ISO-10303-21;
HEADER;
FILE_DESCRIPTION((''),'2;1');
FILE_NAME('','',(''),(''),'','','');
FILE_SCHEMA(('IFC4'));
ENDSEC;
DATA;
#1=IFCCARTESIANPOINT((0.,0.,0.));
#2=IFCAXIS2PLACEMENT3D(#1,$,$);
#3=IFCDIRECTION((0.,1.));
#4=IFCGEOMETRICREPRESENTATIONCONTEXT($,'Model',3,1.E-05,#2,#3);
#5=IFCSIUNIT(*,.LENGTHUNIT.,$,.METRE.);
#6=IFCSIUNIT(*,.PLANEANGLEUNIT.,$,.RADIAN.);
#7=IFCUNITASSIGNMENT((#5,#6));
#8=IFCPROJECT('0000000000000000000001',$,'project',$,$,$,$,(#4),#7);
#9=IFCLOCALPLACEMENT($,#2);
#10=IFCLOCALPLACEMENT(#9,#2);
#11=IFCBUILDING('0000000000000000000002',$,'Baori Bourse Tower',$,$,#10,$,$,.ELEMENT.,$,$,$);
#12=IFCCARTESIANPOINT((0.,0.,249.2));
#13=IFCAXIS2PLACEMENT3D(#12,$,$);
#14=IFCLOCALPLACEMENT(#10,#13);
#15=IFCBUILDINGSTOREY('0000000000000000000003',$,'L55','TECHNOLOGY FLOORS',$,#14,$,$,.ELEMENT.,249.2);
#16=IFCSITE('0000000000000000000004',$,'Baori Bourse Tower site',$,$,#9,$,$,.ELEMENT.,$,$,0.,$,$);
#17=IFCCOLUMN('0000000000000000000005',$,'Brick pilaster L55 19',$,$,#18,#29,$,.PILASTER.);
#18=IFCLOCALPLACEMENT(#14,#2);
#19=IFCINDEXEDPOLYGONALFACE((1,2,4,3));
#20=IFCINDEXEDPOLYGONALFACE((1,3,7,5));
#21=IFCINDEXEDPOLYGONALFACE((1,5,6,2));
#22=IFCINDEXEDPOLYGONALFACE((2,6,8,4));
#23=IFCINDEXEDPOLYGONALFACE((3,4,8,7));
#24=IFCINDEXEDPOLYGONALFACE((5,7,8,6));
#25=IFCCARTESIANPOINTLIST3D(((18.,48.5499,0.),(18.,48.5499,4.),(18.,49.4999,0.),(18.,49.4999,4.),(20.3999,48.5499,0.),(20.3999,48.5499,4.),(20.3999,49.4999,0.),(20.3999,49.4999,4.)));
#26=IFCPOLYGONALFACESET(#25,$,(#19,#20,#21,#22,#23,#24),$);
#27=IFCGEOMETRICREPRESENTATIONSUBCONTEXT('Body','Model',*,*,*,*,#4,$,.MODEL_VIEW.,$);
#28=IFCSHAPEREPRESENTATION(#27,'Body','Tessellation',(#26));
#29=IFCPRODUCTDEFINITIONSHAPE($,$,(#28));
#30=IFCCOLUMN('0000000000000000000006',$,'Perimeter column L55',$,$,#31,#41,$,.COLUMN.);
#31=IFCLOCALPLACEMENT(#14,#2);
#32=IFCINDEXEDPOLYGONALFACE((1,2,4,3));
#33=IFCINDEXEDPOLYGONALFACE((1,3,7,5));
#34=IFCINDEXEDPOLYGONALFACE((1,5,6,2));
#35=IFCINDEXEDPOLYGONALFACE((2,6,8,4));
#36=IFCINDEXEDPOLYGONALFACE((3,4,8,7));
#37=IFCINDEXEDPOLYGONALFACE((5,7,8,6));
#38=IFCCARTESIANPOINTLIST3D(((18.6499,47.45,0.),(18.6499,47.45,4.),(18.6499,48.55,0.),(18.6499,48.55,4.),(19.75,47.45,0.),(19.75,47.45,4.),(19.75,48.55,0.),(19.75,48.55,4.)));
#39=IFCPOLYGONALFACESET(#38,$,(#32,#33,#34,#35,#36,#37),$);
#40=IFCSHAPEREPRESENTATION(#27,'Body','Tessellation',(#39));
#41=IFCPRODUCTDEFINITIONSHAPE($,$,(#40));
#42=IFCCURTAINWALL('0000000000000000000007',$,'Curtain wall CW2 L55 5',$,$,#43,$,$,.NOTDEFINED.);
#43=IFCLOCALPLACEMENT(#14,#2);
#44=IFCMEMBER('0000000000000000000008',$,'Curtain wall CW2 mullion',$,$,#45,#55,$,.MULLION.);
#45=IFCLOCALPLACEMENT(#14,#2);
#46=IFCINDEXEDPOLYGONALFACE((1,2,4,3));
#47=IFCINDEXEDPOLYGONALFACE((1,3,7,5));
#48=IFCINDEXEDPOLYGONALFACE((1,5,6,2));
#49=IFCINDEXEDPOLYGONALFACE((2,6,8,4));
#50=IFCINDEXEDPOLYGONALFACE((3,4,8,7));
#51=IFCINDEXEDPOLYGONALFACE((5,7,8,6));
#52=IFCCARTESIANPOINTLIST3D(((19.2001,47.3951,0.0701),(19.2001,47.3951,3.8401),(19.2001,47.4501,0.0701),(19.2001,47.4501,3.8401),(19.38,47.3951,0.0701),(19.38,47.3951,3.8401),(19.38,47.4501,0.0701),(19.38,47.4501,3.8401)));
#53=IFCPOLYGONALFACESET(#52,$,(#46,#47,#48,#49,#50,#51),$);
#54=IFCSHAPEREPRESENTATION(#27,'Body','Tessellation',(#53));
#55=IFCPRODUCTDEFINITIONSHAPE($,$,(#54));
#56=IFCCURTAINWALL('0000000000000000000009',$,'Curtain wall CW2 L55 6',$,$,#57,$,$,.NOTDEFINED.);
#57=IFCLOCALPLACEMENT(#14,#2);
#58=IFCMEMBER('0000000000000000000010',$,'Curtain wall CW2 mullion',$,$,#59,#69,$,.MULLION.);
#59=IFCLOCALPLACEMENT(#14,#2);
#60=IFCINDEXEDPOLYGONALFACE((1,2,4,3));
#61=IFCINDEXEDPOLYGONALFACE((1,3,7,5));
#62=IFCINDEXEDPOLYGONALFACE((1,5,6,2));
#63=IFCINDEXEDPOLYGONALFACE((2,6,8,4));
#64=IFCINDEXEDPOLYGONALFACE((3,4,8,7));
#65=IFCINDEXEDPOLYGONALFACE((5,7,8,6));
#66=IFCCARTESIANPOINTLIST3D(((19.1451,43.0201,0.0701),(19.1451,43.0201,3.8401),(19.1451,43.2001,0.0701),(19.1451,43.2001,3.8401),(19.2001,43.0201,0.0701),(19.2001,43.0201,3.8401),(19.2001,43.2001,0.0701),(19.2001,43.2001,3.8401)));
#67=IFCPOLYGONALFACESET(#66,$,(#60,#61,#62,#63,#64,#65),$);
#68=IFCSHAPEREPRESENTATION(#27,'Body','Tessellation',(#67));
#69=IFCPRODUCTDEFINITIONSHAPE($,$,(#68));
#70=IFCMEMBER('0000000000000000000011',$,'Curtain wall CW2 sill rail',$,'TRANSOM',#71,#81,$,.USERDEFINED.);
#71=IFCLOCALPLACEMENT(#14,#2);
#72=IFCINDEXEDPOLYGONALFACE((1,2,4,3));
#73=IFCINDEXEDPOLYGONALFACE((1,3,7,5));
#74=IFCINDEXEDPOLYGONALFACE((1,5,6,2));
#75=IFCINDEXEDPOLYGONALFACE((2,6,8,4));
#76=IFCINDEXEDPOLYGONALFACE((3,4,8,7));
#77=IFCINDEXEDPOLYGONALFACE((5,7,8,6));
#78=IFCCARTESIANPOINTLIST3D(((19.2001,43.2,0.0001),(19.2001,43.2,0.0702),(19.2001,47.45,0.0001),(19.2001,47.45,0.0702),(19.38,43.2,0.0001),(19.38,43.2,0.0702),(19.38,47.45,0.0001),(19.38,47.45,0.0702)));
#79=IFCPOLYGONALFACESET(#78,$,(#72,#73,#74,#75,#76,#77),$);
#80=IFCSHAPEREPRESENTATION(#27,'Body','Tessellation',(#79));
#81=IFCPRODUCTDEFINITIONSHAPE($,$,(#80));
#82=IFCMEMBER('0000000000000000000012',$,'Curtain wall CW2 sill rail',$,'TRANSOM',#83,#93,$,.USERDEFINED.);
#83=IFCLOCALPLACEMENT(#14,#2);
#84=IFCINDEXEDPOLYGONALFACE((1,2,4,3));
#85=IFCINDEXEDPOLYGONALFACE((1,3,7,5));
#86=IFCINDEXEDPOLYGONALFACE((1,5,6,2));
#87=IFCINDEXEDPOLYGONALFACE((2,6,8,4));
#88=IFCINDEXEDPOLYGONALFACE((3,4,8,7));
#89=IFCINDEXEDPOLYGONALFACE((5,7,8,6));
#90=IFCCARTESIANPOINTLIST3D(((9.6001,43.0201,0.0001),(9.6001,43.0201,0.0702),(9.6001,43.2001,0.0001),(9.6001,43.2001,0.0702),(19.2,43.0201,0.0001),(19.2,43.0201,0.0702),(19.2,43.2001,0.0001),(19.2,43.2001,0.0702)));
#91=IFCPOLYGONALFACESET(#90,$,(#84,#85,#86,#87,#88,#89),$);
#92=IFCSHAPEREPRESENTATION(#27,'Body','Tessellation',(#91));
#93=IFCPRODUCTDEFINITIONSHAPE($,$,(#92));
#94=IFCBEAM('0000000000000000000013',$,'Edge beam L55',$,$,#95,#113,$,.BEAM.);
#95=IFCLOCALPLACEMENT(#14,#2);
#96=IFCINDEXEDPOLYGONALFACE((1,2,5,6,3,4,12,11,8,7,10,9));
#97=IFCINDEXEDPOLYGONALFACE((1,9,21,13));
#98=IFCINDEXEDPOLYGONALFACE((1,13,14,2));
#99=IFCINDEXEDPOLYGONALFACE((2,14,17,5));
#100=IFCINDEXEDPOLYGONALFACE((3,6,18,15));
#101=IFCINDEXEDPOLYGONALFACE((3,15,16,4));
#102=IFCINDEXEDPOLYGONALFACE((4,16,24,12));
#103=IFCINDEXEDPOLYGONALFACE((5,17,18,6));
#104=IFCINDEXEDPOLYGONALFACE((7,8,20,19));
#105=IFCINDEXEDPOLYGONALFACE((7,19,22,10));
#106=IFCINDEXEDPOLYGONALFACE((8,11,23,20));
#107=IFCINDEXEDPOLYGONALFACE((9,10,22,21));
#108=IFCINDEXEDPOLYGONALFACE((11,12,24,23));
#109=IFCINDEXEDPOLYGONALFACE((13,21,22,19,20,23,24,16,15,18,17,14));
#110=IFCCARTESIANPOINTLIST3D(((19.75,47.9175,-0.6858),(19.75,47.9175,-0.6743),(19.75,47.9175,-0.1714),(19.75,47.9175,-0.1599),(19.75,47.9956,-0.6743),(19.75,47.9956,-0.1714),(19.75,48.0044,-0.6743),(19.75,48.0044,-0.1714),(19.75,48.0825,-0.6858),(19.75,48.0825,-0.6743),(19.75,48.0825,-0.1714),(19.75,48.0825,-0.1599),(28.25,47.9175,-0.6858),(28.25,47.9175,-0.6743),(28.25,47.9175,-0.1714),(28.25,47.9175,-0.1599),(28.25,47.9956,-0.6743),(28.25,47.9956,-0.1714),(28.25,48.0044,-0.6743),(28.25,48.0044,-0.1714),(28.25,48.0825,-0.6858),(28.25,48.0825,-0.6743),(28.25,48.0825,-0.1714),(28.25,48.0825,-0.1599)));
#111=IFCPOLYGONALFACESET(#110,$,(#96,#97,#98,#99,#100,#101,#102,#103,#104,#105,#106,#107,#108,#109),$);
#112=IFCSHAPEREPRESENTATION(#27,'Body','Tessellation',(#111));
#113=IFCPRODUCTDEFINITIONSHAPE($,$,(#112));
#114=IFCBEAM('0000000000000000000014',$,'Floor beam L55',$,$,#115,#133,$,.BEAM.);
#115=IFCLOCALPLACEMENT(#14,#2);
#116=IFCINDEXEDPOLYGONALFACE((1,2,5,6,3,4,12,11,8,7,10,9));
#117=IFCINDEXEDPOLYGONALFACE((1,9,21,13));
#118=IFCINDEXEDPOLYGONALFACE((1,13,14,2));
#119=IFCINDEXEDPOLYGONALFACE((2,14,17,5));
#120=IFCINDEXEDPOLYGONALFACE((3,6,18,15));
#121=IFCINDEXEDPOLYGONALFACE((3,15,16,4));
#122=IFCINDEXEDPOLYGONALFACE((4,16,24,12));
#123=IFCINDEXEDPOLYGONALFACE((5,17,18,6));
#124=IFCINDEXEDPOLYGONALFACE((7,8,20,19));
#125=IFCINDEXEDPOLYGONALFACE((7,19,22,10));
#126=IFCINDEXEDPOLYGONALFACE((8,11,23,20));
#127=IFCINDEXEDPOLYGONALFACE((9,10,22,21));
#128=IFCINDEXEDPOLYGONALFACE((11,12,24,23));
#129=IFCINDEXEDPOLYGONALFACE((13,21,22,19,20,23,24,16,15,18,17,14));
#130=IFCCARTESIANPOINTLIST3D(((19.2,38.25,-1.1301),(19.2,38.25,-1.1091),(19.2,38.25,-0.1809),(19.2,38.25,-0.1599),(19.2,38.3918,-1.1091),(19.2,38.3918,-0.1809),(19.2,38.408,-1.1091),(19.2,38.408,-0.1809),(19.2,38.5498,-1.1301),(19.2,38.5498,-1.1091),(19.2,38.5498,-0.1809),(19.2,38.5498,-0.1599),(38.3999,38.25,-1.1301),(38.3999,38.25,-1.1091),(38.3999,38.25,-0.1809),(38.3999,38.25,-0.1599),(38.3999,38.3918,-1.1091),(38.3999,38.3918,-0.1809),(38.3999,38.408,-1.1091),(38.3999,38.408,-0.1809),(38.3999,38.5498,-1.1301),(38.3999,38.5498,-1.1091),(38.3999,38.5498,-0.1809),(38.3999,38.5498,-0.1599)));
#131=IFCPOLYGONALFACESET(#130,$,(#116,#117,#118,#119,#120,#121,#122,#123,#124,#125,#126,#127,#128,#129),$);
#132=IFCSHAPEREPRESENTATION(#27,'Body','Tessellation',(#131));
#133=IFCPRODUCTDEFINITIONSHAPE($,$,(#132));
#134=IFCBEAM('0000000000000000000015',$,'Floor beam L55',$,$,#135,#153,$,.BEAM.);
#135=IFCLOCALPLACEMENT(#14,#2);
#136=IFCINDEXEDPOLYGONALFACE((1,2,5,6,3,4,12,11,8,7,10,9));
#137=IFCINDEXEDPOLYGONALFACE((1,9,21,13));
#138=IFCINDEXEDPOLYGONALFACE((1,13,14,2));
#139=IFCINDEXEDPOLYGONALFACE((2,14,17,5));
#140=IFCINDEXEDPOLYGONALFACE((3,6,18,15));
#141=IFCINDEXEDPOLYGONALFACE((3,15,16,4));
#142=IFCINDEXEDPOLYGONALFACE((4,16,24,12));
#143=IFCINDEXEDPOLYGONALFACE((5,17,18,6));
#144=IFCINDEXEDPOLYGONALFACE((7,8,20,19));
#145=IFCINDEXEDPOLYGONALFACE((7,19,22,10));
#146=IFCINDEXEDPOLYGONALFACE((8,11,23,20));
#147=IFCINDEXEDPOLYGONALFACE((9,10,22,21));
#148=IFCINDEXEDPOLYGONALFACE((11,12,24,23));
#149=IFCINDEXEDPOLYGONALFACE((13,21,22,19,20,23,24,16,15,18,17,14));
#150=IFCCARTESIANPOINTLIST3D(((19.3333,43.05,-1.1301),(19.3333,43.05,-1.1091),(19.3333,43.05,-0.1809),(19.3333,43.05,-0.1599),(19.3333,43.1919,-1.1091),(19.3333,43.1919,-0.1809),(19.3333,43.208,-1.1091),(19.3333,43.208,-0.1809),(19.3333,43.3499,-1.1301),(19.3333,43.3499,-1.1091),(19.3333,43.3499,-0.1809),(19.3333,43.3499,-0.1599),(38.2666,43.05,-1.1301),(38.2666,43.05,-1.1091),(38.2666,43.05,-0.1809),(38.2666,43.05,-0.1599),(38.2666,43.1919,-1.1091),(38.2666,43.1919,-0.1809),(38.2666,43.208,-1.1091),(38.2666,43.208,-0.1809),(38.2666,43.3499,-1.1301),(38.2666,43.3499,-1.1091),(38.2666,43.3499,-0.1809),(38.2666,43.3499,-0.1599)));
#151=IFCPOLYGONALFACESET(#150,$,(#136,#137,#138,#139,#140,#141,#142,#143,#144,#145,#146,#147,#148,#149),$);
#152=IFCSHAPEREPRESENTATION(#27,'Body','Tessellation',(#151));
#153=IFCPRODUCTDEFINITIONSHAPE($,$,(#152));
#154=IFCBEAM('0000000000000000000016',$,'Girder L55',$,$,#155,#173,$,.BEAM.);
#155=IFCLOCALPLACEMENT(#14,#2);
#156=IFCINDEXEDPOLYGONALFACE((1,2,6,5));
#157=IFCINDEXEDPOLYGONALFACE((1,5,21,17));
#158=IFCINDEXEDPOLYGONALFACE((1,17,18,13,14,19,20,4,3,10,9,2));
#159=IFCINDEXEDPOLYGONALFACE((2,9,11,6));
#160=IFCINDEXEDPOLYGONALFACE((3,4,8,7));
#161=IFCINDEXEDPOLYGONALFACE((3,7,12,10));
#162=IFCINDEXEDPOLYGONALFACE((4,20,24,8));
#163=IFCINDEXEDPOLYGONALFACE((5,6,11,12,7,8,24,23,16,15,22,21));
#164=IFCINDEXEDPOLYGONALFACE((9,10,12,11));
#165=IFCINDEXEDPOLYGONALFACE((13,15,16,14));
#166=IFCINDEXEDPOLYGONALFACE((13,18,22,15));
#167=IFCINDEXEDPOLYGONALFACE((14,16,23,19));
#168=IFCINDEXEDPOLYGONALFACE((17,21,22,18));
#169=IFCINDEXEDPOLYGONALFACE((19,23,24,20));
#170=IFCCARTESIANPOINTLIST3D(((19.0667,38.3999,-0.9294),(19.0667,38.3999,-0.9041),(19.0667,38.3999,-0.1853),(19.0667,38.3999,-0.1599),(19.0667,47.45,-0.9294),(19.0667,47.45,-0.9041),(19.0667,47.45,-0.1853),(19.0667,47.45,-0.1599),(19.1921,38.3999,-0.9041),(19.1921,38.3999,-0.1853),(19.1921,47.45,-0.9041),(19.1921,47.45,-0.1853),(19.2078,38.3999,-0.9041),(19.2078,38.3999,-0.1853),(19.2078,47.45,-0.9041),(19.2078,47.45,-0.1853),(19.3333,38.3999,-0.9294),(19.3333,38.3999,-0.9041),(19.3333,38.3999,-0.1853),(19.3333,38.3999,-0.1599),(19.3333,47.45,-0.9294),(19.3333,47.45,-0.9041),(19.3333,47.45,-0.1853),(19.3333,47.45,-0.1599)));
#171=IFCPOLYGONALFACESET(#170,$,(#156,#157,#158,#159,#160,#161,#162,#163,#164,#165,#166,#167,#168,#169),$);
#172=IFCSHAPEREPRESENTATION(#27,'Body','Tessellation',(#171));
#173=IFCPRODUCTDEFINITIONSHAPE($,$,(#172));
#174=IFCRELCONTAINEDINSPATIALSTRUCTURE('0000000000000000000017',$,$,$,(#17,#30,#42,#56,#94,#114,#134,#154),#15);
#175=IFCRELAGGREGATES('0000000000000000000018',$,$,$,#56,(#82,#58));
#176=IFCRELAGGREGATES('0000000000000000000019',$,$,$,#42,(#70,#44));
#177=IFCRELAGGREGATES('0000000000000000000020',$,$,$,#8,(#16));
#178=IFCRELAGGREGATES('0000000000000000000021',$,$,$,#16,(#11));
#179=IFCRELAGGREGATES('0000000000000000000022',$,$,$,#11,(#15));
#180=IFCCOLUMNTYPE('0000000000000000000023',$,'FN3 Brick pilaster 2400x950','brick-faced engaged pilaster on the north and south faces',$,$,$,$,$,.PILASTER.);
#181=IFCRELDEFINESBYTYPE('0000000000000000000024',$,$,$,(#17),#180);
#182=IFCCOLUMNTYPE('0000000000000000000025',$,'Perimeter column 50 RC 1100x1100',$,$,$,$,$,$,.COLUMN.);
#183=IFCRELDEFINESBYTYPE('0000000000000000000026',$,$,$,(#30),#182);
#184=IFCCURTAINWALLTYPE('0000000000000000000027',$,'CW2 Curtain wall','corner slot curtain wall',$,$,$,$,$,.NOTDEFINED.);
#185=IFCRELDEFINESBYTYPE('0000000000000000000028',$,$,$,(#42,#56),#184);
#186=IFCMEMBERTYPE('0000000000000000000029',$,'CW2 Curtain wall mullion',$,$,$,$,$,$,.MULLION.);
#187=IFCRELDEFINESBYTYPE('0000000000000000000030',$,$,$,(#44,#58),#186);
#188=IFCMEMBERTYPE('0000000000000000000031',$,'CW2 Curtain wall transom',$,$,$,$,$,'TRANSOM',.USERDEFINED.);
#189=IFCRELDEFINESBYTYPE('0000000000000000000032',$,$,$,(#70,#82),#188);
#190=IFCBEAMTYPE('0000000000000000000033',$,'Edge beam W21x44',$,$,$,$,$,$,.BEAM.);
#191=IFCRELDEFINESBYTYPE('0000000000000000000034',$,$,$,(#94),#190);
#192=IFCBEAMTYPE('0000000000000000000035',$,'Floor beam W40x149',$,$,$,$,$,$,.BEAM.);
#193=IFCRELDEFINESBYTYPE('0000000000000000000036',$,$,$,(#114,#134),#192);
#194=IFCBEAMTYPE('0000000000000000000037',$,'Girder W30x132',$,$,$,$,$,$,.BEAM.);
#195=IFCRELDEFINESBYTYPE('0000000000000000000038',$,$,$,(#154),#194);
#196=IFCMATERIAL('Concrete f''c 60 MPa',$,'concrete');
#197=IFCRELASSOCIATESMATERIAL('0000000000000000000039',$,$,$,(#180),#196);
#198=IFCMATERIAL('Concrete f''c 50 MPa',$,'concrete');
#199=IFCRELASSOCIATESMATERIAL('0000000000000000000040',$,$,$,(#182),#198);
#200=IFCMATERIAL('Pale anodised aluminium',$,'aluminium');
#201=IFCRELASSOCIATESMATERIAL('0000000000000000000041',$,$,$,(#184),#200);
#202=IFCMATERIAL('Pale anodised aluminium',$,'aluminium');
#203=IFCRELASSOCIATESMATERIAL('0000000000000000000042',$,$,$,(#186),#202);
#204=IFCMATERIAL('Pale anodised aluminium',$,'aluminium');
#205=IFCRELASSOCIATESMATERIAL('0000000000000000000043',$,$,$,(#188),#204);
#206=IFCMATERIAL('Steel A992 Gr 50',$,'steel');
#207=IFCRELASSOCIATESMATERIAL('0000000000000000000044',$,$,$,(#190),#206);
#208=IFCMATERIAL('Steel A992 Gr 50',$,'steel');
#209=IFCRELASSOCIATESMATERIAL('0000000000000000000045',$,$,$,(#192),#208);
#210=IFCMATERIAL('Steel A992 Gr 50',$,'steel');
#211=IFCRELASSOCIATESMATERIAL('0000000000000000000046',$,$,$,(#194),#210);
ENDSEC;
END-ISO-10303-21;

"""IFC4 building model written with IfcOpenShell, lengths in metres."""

from ifc_helpers import new_model, si_unit, direction, frame, origin, origin_2d, place, context, subcontext, project, spatial, rectangle, i_section, extrude, material, material_profile, profile_set, type_object, element, aggregate, save


model = new_model("IFC4")

# Units and contexts
model_context = context("Model", 3, precision=1e-05, world=origin(), true_north=direction((0.0, 1.0)))
body_context = subcontext(model_context, "Body", "Model", "MODEL_VIEW")
ifc_project = project(units=[si_unit("LENGTHUNIT", "METRE"), si_unit("PLANEANGLEUNIT", "RADIAN")], contexts=[model_context])

# Site, building, storey
site_placement = place(None, origin())
site = spatial("IfcSite", under=ifc_project, at=site_placement, Name="Baori Bourse Tower site", CompositionType="ELEMENT", RefElevation=0.0)
building_placement = place(site_placement, origin())
building = spatial("IfcBuilding", under=site, at=building_placement, Name="Baori Bourse Tower", CompositionType="ELEMENT")
storey_placement = place(building_placement, frame((0.0, 0.0, 249.2)))
storey = spatial("IfcBuildingStorey", under=building, at=storey_placement, Name="L55", Description="TECHNOLOGY FLOORS", CompositionType="ELEMENT", Elevation=249.2)

# Columns
ifc_material_1 = material(Name="Concrete f'c 60 MPa", Category="concrete")
ifc_material_profile_1 = material_profile(ifc_material_1, rectangle(XDim=2.3999, YDim=0.95, at=origin_2d()), Name="RC 2400x950")
ifc_profile_set_1 = profile_set([ifc_material_profile_1], Name="Concrete f'c 60 MPa")
column_type_1 = type_object("IfcColumnType", Name="FN3 Brick pilaster 2400x950", Description="brick-faced engaged pilaster on the north and south faces", PredefinedType="PILASTER", material=ifc_profile_set_1)
column_1_placement = place(storey_placement, frame((19.2, 49.0249, 0.0), z_axis=(0.0, 0.0, 1.0), x_axis=(1.0, 0.0, 0.0)))
element("IfcColumn", 1, at=column_1_placement, inside=storey, type_object=column_type_1, Name="Brick pilaster L55 19", PredefinedType="PILASTER", context=body_context, shape_type="SweptSolid", body=[
    extrude(rectangle(XDim=2.3999, YDim=0.95, at=origin_2d()), origin(), (0.0, 0.0, 1.0), 4.0),
])
ifc_material_2 = material(Name="Concrete f'c 50 MPa", Category="concrete")
ifc_material_profile_2 = material_profile(ifc_material_2, rectangle(XDim=1.1001, YDim=1.1001, at=origin_2d()), Name="RC 1100x1100")
ifc_profile_set_2 = profile_set([ifc_material_profile_2], Name="Concrete f'c 50 MPa")
column_type_2 = type_object("IfcColumnType", Name="Perimeter column 50 RC 1100x1100", PredefinedType="COLUMN", material=ifc_profile_set_2)
column_2_placement = place(storey_placement, frame((19.2, 48.0, 0.0), z_axis=(0.0, 0.0, 1.0), x_axis=(1.0, 0.0, 0.0)))
element("IfcColumn", 2, at=column_2_placement, inside=storey, type_object=column_type_2, Name="Perimeter column L55", PredefinedType="COLUMN", context=body_context, shape_type="SweptSolid", body=[
    extrude(rectangle(XDim=1.1001, YDim=1.1001, at=origin_2d()), origin(), (0.0, 0.0, 1.0), 4.0),
])

# Curtain walls, members
ifc_material_3 = material(Name="Pale anodised aluminium", Category="aluminium")
curtain_wall_type = type_object("IfcCurtainWallType", Name="CW2 Curtain wall", Description="corner slot curtain wall", PredefinedType="NOTDEFINED", material=ifc_material_3)
curtain_wall_1_placement = place(storey_placement, origin())
curtain_wall_1 = element("IfcCurtainWall", 3, at=curtain_wall_1_placement, inside=storey, type_object=curtain_wall_type, Name="Curtain wall CW2 L55 5", PredefinedType="NOTDEFINED")
ifc_material_4 = material(Name="Pale anodised aluminium", Category="aluminium")
ifc_material_profile_3 = material_profile(ifc_material_4, rectangle(XDim=0.1799, YDim=0.0549, at=origin_2d()), Name="Mullion 55x180")
ifc_profile_set_3 = profile_set([ifc_material_profile_3], Name="Pale anodised aluminium")
member_type_1 = type_object("IfcMemberType", Name="CW2 Curtain wall mullion", PredefinedType="MULLION", material=ifc_profile_set_3)
member_1_placement = place(storey_placement, frame((19.29, 47.4226, 0.0701), z_axis=(0.0, 0.0, 1.0), x_axis=(1.0, 0.0, 0.0)))
member_1 = element("IfcMember", 4, at=member_1_placement, type_object=member_type_1, Name="Curtain wall CW2 mullion", PredefinedType="MULLION", context=body_context, shape_type="SweptSolid", body=[
    extrude(rectangle(XDim=0.1799, YDim=0.0549, at=origin_2d()), origin(), (0.0, 0.0, 1.0), 3.77),
])
curtain_wall_2_placement = place(storey_placement, origin())
curtain_wall_2 = element("IfcCurtainWall", 5, at=curtain_wall_2_placement, inside=storey, type_object=curtain_wall_type, Name="Curtain wall CW2 L55 6", PredefinedType="NOTDEFINED")
member_2_placement = place(storey_placement, frame((19.1726, 43.1101, 0.0701), z_axis=(0.0, 0.0, 1.0), x_axis=(0.0, -1.0, 0.0)))
member_2 = element("IfcMember", 6, at=member_2_placement, type_object=member_type_1, Name="Curtain wall CW2 mullion", PredefinedType="MULLION", context=body_context, shape_type="SweptSolid", body=[
    extrude(rectangle(XDim=0.1799, YDim=0.0549, at=origin_2d()), origin(), (0.0, 0.0, 1.0), 3.77),
])

# Members
ifc_material_5 = material(Name="Pale anodised aluminium", Category="aluminium")
ifc_material_profile_4 = material_profile(ifc_material_5, rectangle(XDim=0.1799, YDim=0.0701, at=origin_2d()), Name="Transom 70x180")
ifc_profile_set_4 = profile_set([ifc_material_profile_4], Name="Pale anodised aluminium")
member_type_2 = type_object("IfcMemberType", Name="CW2 Curtain wall transom", ElementType="TRANSOM", PredefinedType="USERDEFINED", material=ifc_profile_set_4)
member_3_placement = place(storey_placement, frame((19.29, 47.45, 0.0352), z_axis=(0.0, -1.0, 0.0), x_axis=(1.0, 0.0, 0.0)))
member_3 = element("IfcMember", 7, at=member_3_placement, type_object=member_type_2, Name="Curtain wall CW2 sill rail", ObjectType="TRANSOM", PredefinedType="USERDEFINED", context=body_context, shape_type="SweptSolid", body=[
    extrude(rectangle(XDim=0.1799, YDim=0.0701, at=origin_2d()), origin(), (0.0, 0.0, 1.0), 4.25),
])
member_4_placement = place(storey_placement, frame((19.2, 43.1101, 0.0352), z_axis=(-1.0, 0.0, 0.0), x_axis=(0.0, -1.0, 0.0)))
member_4 = element("IfcMember", 8, at=member_4_placement, type_object=member_type_2, Name="Curtain wall CW2 sill rail", ObjectType="TRANSOM", PredefinedType="USERDEFINED", context=body_context, shape_type="SweptSolid", body=[
    extrude(rectangle(XDim=0.1799, YDim=0.0701, at=origin_2d()), origin(), (0.0, 0.0, 1.0), 9.5999),
])
aggregate(curtain_wall_2, [member_4, member_2])

# Beams
ifc_material_6 = material(Name="Steel A992 Gr 50", Category="steel")
ifc_material_profile_5 = material_profile(ifc_material_6, i_section(OverallWidth=0.165, OverallDepth=0.5259, WebThickness=0.0088, FlangeThickness=0.0115, at=origin_2d()), Name="W21x44")
ifc_profile_set_5 = profile_set([ifc_material_profile_5], Name="Steel A992 Gr 50")
beam_type_1 = type_object("IfcBeamType", Name="Edge beam W21x44", PredefinedType="BEAM", material=ifc_profile_set_5)
beam_1_placement = place(storey_placement, frame((19.75, 48.0, -0.4229), z_axis=(1.0, 0.0, 0.0), x_axis=(0.0, 1.0, 0.0)))
element("IfcBeam", 9, at=beam_1_placement, inside=storey, type_object=beam_type_1, Name="Edge beam L55", PredefinedType="BEAM", context=body_context, shape_type="SweptSolid", body=[
    extrude(i_section(OverallWidth=0.165, OverallDepth=0.5259, WebThickness=0.0088, FlangeThickness=0.0115, at=origin_2d()), origin(), (0.0, 0.0, 1.0), 8.5),
])
ifc_material_7 = material(Name="Steel A992 Gr 50", Category="steel")
ifc_material_profile_6 = material_profile(ifc_material_7, i_section(OverallWidth=0.2998, OverallDepth=0.9702, WebThickness=0.0161, FlangeThickness=0.021, at=origin_2d()), Name="W40x149")
ifc_profile_set_6 = profile_set([ifc_material_profile_6], Name="Steel A992 Gr 50")
beam_type_2 = type_object("IfcBeamType", Name="Floor beam W40x149", PredefinedType="BEAM", material=ifc_profile_set_6)
beam_2_placement = place(storey_placement, frame((19.2, 38.3999, -0.645), z_axis=(1.0, 0.0, 0.0), x_axis=(0.0, 1.0, 0.0)))
element("IfcBeam", 10, at=beam_2_placement, inside=storey, type_object=beam_type_2, Name="Floor beam L55", PredefinedType="BEAM", context=body_context, shape_type="SweptSolid", body=[
    extrude(i_section(OverallWidth=0.2998, OverallDepth=0.9702, WebThickness=0.0161, FlangeThickness=0.021, at=origin_2d()), origin(), (0.0, 0.0, 1.0), 19.2),
])
beam_3_placement = place(storey_placement, frame((19.3333, 43.2, -0.645), z_axis=(1.0, 0.0, 0.0), x_axis=(0.0, 1.0, 0.0)))
element("IfcBeam", 11, at=beam_3_placement, inside=storey, type_object=beam_type_2, Name="Floor beam L55", PredefinedType="BEAM", context=body_context, shape_type="SweptSolid", body=[
    extrude(i_section(OverallWidth=0.2998, OverallDepth=0.9702, WebThickness=0.0161, FlangeThickness=0.021, at=origin_2d()), origin(), (0.0, 0.0, 1.0), 18.9333),
])
ifc_material_8 = material(Name="Steel A992 Gr 50", Category="steel")
ifc_material_profile_7 = material_profile(ifc_material_8, i_section(OverallWidth=0.2666, OverallDepth=0.7695, WebThickness=0.0156, FlangeThickness=0.0254, at=origin_2d()), Name="W30x132")
ifc_profile_set_7 = profile_set([ifc_material_profile_7], Name="Steel A992 Gr 50")
beam_type_3 = type_object("IfcBeamType", Name="Girder W30x132", PredefinedType="BEAM", material=ifc_profile_set_7)
beam_4_placement = place(storey_placement, frame((19.2, 38.3999, -0.5447), z_axis=(0.0, 1.0, 0.0), x_axis=(-1.0, 0.0, 0.0)))
element("IfcBeam", 12, at=beam_4_placement, inside=storey, type_object=beam_type_3, Name="Girder L55", PredefinedType="BEAM", context=body_context, shape_type="SweptSolid", body=[
    extrude(i_section(OverallWidth=0.2666, OverallDepth=0.7695, WebThickness=0.0156, FlangeThickness=0.0254, at=origin_2d()), origin(), (0.0, 0.0, 1.0), 9.05),
])

aggregate(curtain_wall_1, [member_3, member_1])

save(model, "model.ifc")
